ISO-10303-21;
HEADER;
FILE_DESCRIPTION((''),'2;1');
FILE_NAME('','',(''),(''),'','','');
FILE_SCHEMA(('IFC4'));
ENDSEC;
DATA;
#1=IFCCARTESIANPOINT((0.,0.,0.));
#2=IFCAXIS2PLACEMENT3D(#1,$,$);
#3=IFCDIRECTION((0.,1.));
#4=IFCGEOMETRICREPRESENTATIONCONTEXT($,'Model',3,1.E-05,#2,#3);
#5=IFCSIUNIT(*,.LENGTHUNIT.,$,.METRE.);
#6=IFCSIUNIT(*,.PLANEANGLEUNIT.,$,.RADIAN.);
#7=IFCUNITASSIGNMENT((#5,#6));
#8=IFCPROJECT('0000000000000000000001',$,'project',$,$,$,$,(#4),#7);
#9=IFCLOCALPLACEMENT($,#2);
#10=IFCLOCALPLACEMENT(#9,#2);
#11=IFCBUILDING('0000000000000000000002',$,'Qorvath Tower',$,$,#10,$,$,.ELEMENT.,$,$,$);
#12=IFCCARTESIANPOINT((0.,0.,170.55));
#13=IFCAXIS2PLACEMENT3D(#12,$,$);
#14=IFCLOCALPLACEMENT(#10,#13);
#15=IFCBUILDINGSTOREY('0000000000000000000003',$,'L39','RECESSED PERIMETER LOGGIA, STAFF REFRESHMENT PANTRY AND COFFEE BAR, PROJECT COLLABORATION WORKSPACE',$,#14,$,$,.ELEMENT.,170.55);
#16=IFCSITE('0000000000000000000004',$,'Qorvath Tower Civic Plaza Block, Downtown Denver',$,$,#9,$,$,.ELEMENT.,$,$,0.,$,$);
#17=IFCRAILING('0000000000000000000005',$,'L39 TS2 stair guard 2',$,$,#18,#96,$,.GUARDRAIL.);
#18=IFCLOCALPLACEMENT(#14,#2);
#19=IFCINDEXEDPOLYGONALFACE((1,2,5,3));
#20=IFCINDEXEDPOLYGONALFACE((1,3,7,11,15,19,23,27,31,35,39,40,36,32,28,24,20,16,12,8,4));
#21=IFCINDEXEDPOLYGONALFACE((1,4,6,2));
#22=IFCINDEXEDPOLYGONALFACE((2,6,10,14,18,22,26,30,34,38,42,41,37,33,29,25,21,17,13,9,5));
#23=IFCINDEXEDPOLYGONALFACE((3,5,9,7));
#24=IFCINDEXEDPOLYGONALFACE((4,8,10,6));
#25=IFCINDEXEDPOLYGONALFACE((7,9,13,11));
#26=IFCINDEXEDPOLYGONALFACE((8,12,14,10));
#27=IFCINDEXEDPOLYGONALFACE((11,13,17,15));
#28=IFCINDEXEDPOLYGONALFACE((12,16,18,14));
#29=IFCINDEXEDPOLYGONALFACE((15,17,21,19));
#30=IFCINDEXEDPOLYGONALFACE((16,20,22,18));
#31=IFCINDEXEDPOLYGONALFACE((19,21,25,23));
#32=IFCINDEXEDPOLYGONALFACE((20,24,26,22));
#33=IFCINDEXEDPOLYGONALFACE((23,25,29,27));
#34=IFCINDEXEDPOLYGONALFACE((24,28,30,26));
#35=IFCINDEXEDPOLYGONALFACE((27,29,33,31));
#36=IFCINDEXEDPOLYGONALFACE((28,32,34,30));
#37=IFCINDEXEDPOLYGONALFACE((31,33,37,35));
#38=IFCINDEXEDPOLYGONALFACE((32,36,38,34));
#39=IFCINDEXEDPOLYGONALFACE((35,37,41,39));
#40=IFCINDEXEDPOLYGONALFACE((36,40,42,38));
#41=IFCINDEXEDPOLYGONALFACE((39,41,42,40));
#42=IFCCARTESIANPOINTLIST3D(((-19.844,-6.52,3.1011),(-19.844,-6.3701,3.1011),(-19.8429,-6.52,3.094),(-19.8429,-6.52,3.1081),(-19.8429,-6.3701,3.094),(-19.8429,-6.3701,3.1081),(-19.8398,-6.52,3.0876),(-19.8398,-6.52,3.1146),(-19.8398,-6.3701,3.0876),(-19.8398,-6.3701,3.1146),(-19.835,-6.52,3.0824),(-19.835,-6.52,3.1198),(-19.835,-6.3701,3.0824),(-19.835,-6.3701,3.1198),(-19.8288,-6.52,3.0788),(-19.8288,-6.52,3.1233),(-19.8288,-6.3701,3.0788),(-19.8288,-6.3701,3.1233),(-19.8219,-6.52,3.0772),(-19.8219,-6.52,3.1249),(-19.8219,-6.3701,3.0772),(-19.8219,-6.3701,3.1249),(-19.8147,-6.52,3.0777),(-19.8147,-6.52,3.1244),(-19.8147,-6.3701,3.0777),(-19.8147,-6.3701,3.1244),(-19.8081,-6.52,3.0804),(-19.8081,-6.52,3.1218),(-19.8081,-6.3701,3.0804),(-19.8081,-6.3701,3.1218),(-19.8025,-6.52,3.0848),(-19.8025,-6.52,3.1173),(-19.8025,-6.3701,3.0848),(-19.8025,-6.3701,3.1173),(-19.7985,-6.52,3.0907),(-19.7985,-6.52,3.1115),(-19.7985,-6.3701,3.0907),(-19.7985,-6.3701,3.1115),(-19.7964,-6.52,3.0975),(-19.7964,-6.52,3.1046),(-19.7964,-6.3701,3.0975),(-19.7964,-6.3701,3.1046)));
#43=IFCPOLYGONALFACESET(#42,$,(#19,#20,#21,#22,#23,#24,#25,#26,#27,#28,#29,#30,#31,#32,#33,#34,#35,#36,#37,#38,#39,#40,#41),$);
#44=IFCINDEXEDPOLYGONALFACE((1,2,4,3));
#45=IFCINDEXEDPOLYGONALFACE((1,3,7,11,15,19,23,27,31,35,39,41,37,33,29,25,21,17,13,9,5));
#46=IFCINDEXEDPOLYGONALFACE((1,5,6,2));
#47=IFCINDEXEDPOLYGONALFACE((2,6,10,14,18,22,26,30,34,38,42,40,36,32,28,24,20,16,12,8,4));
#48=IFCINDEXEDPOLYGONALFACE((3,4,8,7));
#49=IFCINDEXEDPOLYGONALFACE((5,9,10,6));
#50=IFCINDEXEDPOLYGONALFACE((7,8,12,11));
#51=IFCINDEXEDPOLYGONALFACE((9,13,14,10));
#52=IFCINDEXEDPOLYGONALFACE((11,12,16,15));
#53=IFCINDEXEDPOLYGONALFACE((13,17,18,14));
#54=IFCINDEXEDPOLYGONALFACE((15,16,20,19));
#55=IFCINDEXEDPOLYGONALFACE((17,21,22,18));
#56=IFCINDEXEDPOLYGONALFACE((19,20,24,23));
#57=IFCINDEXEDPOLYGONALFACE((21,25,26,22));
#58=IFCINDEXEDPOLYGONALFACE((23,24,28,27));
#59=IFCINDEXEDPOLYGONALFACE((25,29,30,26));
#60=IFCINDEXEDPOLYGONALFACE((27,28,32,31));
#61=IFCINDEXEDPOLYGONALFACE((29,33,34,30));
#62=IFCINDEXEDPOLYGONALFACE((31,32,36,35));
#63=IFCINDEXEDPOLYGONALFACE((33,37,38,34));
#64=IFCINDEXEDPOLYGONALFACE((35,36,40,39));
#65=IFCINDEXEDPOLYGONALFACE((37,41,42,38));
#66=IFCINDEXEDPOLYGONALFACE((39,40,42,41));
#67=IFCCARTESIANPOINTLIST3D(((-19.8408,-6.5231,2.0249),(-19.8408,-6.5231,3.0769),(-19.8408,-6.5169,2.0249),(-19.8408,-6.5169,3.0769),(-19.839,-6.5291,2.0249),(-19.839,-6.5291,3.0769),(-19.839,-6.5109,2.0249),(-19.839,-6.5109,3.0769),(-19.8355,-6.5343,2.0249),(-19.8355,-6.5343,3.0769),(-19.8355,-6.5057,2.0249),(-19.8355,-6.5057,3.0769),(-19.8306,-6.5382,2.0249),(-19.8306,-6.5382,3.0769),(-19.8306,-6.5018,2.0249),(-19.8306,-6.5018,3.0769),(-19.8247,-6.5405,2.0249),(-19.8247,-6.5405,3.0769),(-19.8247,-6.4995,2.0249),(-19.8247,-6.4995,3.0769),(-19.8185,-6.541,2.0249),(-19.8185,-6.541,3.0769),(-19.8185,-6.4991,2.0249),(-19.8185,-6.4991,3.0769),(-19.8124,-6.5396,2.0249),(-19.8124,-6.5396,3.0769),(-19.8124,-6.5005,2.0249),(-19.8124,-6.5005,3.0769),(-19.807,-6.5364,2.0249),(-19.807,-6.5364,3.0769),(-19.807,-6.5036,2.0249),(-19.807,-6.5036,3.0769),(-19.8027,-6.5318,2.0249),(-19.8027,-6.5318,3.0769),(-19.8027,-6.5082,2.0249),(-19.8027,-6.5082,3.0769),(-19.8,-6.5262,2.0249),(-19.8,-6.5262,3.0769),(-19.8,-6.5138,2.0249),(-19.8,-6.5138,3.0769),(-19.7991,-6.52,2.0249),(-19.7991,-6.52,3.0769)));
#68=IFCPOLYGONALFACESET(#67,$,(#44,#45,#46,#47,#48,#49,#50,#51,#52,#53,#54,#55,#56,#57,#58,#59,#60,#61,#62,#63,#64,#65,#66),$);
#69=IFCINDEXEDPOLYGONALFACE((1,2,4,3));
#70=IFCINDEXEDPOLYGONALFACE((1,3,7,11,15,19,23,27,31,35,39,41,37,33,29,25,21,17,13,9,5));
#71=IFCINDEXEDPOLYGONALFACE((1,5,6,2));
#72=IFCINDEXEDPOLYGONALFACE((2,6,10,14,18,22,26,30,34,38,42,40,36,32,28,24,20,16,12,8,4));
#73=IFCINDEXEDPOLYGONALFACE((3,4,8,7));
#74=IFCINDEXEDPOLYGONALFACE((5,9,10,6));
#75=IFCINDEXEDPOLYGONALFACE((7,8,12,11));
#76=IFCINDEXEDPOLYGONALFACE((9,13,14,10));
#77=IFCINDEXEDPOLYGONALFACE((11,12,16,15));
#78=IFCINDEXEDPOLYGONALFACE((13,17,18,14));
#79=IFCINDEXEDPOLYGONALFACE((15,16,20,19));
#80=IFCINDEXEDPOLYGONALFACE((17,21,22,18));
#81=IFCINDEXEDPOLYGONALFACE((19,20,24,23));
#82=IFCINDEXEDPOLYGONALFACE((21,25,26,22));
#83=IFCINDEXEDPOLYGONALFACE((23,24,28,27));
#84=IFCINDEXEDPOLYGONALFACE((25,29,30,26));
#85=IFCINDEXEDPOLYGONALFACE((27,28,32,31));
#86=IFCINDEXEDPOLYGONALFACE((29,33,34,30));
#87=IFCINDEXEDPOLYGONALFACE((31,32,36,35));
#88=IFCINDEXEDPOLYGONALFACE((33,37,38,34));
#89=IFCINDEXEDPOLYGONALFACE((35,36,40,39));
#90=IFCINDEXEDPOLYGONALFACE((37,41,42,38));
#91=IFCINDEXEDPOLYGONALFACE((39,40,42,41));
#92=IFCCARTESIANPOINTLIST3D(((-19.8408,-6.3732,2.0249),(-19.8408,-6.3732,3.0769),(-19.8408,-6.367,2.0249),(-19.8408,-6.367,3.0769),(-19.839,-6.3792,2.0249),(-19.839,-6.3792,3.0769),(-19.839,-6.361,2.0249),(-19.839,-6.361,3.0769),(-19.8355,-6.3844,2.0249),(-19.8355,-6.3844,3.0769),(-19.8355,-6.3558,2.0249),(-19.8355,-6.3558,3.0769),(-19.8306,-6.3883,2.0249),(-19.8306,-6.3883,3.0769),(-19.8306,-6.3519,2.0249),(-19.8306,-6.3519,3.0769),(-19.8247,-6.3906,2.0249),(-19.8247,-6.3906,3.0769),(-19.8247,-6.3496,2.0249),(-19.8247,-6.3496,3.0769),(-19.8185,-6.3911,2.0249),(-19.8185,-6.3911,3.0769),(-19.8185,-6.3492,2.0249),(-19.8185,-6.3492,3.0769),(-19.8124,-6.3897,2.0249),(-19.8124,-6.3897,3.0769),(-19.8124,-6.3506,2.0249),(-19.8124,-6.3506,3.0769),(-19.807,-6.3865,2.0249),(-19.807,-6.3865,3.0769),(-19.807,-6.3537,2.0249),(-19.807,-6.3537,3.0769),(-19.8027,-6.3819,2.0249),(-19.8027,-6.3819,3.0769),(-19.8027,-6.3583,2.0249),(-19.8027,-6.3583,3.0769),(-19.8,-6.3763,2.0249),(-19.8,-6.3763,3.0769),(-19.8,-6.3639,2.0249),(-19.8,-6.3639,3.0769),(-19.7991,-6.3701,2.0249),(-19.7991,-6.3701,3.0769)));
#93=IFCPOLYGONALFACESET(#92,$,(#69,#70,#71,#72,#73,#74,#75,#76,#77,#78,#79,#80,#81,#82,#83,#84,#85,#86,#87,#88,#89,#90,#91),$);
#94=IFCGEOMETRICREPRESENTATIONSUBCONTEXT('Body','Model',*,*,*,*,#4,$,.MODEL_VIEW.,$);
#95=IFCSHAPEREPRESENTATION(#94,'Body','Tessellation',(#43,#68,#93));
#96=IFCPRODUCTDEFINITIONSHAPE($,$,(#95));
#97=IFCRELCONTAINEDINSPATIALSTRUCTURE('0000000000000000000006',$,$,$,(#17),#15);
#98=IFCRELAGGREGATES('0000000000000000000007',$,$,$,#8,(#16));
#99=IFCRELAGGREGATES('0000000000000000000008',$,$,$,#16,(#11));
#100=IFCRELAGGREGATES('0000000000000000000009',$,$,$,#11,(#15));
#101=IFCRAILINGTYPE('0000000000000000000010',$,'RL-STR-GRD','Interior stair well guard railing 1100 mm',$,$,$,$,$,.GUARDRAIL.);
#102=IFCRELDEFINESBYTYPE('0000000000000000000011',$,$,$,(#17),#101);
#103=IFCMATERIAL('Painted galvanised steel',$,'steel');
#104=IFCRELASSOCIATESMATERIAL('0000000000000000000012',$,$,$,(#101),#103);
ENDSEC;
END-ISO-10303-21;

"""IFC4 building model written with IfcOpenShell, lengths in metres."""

from ifc_helpers import new_model, si_unit, direction, frame, origin, origin_2d, place, context, subcontext, project, spatial, circle, extrude, material, type_object, element, save


model = new_model("IFC4")

# Units and contexts
model_context = context("Model", 3, precision=1e-05, world=origin(), true_north=direction((0.0, 1.0)))
body_context = subcontext(model_context, "Body", "Model", "MODEL_VIEW")
ifc_project = project(units=[si_unit("LENGTHUNIT", "METRE"), si_unit("PLANEANGLEUNIT", "RADIAN")], contexts=[model_context])

# Site, building, storey
site_placement = place(None, origin())
site = spatial("IfcSite", under=ifc_project, at=site_placement, Name="Qorvath Tower Civic Plaza Block, Downtown Denver", CompositionType="ELEMENT", RefElevation=0.0)
building_placement = place(site_placement, origin())
building = spatial("IfcBuilding", under=site, at=building_placement, Name="Qorvath Tower", CompositionType="ELEMENT")
storey_placement = place(building_placement, frame((0.0, 0.0, 170.55)))
storey = spatial("IfcBuildingStorey", under=building, at=storey_placement, Name="L39", Description="RECESSED PERIMETER LOGGIA, STAFF REFRESHMENT PANTRY AND COFFEE BAR, PROJECT COLLABORATION WORKSPACE", CompositionType="ELEMENT", Elevation=170.55)

# Railing
ifc_material_1 = material(Name="Painted galvanised steel", Category="steel")
railing_type_1 = type_object("IfcRailingType", Name="RL-STR-GRD", Description="Interior stair well guard railing 1100 mm", PredefinedType="GUARDRAIL", material=ifc_material_1)
railing_1_placement = place(storey_placement, frame((-19.8201, -6.52, 2.0249)))
element("IfcRailing", 1, at=railing_1_placement, inside=storey, type_object=railing_type_1, Name="L39 TS2 stair guard 2", PredefinedType="GUARDRAIL", context=body_context, shape_type="SweptSolid", body=[
    extrude(circle(Radius=0.0239, at=origin_2d()), frame((0.0, 0.0, 1.0762), z_axis=(0.0, 1.0, 0.0), x_axis=(-1.0, 0.0, 0.0)), (0.0, 0.0, 1.0), 0.1499),
    extrude(circle(Radius=0.021, at=origin_2d()), origin(), (0.0, 0.0, 1.0), 1.052),
    extrude(circle(Radius=0.021, at=origin_2d()), frame((0.0, 0.1499, 0.0)), (0.0, 0.0, 1.0), 1.052),
])

save(model, "model.ifc")
